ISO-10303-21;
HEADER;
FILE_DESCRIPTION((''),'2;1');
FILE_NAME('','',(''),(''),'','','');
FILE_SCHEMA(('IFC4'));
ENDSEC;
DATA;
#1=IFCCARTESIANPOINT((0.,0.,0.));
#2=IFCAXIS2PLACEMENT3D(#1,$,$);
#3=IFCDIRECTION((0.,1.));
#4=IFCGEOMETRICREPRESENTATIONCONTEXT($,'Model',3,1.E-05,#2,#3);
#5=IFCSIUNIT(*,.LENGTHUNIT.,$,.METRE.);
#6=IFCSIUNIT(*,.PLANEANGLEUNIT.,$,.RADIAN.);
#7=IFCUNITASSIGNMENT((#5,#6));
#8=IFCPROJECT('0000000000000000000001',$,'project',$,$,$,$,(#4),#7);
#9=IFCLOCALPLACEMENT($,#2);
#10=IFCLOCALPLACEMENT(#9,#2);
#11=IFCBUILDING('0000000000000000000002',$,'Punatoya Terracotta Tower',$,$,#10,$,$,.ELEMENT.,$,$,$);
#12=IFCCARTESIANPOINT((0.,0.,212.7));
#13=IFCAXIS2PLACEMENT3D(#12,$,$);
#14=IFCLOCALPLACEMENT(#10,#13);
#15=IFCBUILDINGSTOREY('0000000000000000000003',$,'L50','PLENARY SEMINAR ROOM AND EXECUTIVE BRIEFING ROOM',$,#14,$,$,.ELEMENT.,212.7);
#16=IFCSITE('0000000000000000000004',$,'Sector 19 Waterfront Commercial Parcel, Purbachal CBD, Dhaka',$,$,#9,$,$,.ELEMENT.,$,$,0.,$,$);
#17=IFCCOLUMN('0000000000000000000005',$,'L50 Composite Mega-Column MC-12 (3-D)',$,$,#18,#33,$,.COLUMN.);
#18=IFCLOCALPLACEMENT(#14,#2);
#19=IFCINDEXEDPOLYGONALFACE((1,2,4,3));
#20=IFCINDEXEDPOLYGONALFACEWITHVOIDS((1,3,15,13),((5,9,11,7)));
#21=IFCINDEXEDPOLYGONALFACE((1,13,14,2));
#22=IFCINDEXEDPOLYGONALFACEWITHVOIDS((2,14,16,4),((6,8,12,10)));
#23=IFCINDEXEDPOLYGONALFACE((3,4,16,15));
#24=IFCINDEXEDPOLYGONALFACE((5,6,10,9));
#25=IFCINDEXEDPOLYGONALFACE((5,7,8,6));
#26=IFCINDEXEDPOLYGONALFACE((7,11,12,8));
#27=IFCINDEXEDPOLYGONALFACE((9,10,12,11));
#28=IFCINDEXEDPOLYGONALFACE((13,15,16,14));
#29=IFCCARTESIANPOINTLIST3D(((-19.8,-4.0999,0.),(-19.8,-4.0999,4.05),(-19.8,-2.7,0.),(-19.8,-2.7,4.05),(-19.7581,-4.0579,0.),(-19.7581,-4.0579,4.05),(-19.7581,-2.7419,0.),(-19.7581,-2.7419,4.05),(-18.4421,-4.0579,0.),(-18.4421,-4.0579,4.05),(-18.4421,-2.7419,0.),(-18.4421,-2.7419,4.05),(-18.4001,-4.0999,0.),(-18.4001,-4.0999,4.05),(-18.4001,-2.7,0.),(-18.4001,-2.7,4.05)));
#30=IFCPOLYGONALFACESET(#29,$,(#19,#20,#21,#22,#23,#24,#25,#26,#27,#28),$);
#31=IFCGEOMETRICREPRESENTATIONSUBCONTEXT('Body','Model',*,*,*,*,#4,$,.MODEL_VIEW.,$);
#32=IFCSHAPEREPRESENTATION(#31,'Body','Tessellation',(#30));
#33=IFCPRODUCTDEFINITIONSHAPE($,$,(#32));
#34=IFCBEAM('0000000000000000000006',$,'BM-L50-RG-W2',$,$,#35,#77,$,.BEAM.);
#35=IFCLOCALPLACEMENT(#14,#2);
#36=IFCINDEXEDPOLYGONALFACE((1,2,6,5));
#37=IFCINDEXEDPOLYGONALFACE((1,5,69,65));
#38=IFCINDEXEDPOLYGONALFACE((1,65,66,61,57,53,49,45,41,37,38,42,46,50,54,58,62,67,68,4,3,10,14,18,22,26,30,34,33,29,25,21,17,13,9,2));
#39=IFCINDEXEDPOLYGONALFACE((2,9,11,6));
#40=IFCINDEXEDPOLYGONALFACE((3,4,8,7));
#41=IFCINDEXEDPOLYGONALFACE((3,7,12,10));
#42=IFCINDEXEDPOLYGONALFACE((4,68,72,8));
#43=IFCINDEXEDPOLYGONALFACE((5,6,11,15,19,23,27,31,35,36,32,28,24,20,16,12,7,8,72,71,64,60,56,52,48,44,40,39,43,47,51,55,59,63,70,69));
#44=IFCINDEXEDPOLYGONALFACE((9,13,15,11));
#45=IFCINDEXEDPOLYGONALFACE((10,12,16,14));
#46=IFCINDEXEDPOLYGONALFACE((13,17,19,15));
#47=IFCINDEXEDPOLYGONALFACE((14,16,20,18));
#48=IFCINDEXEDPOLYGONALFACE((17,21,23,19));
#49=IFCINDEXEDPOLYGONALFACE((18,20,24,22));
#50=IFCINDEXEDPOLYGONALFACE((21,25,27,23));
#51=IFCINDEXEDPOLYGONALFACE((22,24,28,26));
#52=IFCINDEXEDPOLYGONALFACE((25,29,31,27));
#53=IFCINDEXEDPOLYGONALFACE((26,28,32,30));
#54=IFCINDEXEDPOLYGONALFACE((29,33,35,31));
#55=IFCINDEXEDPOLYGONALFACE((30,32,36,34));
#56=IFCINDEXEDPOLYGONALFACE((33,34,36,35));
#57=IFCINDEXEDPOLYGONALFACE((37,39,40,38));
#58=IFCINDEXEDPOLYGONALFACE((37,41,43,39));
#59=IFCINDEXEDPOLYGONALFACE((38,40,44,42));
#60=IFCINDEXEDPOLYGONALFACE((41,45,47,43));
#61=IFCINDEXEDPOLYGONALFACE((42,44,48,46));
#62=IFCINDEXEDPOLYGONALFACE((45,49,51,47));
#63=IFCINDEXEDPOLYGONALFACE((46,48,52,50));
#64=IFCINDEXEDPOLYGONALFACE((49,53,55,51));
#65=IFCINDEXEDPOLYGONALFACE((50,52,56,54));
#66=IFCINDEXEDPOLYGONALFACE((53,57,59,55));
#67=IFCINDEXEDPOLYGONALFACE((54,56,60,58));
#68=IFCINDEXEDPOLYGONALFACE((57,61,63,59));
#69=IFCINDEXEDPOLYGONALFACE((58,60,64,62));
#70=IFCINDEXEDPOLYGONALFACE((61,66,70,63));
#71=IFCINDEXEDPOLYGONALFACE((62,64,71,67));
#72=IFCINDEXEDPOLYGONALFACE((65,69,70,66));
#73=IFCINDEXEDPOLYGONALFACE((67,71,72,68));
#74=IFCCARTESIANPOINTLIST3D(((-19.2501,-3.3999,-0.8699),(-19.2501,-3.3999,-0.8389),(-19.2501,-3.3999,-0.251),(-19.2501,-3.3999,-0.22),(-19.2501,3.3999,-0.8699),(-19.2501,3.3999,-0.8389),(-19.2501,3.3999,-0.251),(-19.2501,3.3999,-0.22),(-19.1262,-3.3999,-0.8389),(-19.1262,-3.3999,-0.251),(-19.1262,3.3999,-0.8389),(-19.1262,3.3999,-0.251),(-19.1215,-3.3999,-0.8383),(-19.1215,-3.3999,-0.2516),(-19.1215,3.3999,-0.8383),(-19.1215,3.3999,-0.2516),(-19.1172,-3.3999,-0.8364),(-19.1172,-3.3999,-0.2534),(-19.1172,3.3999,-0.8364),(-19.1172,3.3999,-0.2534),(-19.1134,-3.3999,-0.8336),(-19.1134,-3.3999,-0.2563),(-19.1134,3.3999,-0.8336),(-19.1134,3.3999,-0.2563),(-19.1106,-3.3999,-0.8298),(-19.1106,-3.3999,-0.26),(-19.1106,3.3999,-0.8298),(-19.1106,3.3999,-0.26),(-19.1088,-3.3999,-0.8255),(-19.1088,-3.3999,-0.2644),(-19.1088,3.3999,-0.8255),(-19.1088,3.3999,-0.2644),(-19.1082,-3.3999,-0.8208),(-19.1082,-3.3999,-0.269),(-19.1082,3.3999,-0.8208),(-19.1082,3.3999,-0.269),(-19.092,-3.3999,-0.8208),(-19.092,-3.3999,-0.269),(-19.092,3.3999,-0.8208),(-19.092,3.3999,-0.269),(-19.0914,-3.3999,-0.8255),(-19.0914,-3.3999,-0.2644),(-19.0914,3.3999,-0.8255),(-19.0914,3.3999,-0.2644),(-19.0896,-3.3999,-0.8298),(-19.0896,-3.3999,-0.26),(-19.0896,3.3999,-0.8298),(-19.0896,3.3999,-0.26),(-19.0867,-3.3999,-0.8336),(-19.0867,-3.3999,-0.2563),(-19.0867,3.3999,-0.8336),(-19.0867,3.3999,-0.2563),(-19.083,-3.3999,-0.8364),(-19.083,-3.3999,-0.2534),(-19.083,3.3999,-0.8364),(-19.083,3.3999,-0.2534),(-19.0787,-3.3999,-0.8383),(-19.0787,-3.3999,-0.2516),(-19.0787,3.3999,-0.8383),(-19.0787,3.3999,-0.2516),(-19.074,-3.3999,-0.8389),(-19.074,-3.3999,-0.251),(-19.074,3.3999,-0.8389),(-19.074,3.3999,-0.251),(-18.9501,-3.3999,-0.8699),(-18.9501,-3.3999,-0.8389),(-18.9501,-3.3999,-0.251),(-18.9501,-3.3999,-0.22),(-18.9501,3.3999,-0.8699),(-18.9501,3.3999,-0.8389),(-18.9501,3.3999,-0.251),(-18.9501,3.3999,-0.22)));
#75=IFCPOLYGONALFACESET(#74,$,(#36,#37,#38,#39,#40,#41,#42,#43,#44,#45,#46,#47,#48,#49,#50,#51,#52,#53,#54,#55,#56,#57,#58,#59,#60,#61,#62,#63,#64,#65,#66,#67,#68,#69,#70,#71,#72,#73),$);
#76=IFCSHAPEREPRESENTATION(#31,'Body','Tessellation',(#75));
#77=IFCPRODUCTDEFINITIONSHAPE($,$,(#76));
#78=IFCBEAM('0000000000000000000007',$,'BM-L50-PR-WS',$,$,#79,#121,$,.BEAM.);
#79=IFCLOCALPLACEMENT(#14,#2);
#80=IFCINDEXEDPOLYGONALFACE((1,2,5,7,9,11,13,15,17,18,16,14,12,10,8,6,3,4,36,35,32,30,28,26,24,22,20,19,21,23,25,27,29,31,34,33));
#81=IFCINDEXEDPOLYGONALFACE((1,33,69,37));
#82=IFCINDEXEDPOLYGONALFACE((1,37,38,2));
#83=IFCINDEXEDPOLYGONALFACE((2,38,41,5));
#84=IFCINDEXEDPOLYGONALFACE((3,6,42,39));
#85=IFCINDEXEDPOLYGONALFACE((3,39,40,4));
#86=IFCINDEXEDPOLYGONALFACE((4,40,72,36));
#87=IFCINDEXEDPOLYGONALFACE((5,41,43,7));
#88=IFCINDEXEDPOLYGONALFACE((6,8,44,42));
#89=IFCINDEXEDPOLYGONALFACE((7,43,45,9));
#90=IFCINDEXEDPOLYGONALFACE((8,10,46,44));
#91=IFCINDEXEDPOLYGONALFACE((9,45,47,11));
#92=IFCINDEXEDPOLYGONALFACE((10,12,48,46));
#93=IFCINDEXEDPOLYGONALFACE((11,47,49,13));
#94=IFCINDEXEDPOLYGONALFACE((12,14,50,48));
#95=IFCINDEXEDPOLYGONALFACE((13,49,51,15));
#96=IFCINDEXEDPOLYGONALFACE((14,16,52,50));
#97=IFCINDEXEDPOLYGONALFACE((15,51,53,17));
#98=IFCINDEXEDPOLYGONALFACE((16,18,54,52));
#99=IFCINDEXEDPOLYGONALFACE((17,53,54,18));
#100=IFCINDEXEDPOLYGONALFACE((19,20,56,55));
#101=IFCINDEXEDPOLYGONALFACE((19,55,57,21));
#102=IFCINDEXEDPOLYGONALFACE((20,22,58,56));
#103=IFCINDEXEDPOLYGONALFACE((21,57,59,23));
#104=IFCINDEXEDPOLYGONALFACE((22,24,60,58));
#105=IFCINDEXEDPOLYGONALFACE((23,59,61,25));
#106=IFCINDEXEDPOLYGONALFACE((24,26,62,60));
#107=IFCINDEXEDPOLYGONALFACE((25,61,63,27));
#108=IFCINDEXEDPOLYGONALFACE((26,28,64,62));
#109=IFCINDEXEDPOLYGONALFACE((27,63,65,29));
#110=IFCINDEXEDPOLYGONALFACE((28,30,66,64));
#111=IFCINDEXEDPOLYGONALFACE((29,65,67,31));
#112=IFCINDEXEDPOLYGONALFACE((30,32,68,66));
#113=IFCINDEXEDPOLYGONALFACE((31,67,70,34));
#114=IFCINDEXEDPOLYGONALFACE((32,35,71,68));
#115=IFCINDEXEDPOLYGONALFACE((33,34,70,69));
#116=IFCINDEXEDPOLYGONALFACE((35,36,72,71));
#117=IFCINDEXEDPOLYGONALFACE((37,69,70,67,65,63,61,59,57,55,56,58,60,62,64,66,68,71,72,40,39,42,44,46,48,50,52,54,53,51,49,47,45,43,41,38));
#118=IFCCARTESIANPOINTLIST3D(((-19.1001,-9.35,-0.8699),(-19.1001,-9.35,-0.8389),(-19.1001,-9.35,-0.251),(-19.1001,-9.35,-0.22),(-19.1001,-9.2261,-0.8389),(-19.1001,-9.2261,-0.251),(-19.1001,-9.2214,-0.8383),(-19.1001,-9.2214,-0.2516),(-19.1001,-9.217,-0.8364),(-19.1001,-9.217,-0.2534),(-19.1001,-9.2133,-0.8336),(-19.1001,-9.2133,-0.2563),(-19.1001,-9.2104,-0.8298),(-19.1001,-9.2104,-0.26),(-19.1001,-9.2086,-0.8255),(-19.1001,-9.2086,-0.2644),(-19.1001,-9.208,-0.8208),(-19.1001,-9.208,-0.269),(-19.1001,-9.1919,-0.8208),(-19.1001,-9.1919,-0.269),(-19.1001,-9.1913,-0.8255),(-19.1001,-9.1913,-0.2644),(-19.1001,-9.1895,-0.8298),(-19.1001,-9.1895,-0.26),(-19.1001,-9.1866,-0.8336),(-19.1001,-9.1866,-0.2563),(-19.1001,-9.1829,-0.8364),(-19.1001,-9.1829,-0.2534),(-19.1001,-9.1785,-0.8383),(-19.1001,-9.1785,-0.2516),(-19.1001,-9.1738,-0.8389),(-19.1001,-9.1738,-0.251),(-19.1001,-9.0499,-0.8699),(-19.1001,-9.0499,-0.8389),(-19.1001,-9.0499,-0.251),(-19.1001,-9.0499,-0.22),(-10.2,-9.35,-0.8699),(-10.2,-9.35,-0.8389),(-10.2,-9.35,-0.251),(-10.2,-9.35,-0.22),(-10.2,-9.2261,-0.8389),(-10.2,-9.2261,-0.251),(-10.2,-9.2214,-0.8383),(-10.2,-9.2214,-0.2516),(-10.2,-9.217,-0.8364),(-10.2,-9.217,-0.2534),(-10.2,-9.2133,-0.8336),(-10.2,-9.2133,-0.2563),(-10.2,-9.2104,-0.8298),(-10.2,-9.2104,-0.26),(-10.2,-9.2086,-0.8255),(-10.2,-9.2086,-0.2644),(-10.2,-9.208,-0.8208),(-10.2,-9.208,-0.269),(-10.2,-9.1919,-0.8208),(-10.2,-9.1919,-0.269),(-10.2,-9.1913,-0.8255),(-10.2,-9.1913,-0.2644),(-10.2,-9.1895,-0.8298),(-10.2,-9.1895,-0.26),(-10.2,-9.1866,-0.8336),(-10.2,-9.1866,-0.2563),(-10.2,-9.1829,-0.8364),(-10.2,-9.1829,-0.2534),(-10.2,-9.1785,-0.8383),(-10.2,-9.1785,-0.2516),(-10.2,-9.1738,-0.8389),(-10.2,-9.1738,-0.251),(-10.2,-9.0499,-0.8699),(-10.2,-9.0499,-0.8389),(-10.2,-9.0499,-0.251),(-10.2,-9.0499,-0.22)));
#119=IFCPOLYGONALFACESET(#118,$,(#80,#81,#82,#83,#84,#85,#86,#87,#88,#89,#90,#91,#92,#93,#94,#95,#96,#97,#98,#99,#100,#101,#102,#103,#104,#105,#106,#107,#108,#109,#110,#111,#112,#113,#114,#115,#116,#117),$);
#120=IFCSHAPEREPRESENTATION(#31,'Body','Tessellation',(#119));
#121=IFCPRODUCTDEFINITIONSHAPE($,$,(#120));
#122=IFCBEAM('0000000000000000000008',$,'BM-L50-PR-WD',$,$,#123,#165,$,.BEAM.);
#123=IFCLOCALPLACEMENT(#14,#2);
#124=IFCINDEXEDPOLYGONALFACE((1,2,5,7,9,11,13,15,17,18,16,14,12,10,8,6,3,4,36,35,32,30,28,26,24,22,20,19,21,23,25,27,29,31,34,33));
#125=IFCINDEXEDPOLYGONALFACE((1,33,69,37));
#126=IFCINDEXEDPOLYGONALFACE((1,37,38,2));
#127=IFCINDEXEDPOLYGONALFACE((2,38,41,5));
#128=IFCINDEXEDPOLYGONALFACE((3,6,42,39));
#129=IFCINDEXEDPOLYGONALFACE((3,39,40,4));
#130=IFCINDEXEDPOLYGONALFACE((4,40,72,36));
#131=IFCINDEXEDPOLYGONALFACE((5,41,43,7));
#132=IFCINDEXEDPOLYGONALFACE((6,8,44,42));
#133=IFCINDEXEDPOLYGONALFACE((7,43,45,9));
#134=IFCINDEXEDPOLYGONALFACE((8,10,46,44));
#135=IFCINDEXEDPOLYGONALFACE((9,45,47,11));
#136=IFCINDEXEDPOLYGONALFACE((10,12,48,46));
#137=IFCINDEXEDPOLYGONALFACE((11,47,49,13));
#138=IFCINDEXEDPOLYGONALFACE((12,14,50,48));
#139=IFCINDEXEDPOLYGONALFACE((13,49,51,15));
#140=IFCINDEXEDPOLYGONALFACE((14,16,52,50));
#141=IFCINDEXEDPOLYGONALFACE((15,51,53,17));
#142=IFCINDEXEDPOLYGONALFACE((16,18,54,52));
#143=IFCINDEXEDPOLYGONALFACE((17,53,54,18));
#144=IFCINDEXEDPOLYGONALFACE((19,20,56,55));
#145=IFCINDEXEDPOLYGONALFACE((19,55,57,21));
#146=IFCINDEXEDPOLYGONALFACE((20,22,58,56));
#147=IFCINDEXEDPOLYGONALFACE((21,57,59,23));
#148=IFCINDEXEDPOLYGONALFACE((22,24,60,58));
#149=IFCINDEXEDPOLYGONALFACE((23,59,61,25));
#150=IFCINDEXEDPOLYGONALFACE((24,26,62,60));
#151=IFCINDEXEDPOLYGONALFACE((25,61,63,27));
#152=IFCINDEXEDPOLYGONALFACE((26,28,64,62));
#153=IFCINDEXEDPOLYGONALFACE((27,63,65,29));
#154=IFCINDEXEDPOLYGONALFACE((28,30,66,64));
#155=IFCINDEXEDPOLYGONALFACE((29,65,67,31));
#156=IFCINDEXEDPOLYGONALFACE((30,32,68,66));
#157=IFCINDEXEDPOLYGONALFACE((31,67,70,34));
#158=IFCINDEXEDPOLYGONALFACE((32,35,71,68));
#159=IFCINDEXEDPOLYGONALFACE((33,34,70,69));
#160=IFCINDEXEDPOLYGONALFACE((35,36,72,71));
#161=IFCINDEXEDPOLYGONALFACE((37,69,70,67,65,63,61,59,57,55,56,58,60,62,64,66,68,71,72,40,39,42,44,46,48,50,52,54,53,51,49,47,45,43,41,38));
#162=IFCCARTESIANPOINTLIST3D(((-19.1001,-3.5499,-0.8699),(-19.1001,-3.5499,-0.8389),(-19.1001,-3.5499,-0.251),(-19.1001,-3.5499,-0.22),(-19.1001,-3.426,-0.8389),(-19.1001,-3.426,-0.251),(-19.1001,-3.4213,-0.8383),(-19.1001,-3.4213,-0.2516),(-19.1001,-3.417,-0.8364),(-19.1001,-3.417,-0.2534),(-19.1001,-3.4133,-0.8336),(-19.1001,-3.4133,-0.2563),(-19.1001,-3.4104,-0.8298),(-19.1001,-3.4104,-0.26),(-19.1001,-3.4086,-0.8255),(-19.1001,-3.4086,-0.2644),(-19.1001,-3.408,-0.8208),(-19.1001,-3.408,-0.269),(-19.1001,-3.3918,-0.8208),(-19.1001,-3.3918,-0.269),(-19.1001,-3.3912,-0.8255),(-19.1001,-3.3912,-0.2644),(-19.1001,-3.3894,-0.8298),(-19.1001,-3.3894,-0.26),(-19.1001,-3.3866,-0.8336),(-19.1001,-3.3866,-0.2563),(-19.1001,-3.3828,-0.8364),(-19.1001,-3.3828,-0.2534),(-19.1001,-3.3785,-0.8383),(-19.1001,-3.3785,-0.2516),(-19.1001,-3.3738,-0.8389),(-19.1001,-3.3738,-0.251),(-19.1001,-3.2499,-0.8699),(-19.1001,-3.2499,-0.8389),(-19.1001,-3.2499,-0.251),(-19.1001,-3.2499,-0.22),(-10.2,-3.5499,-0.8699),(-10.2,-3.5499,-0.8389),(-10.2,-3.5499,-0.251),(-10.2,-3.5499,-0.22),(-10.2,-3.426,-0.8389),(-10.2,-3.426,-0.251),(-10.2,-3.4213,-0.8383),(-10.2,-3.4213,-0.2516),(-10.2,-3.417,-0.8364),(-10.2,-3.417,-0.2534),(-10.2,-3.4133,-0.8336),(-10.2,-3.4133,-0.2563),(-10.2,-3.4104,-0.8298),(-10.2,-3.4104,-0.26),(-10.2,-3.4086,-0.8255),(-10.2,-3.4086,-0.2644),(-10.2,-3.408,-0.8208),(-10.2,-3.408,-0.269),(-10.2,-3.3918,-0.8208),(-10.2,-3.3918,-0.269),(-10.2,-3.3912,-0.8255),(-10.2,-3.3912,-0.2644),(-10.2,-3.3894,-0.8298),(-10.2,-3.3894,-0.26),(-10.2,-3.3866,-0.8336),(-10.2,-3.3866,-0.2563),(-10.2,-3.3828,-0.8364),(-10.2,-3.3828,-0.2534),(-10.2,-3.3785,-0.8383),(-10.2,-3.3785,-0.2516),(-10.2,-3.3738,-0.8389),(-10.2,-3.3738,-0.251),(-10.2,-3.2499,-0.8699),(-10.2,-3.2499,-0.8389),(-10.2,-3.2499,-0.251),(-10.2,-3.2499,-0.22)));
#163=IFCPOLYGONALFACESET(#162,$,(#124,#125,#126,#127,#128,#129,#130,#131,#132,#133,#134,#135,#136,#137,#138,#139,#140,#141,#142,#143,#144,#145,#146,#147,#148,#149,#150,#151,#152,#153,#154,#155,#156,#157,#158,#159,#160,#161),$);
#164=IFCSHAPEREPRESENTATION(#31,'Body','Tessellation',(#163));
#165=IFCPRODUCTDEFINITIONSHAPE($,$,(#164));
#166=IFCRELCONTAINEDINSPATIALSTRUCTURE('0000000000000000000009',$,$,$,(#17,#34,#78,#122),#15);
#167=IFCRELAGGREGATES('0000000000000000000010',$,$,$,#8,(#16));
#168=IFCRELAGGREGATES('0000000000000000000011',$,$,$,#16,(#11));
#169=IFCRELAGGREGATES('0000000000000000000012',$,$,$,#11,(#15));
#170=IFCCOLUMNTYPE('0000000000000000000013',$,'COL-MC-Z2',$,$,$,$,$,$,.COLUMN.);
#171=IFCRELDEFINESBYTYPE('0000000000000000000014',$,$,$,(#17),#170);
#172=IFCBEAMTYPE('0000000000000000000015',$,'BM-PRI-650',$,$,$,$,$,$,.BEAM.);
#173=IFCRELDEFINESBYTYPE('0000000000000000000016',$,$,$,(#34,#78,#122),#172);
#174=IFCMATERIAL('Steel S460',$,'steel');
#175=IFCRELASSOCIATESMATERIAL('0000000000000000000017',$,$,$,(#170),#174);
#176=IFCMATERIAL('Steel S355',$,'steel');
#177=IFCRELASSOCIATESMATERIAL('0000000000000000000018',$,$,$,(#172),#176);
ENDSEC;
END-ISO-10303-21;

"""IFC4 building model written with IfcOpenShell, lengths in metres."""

from ifc_helpers import new_model, si_unit, direction, frame, origin, origin_2d, place, context, subcontext, project, spatial, hollow_rectangle, i_section, extrude, material, material_profile, profile_set, type_object, element, save


model = new_model("IFC4")

# Units and contexts
model_context = context("Model", 3, precision=1e-05, world=origin(), true_north=direction((0.0, 1.0)))
body_context = subcontext(model_context, "Body", "Model", "MODEL_VIEW")
ifc_project = project(units=[si_unit("LENGTHUNIT", "METRE"), si_unit("PLANEANGLEUNIT", "RADIAN")], contexts=[model_context])

# Site, building, storey
site_placement = place(None, origin())
site = spatial("IfcSite", under=ifc_project, at=site_placement, Name="Sector 19 Waterfront Commercial Parcel, Purbachal CBD, Dhaka", CompositionType="ELEMENT", RefElevation=0.0)
building_placement = place(site_placement, origin())
building = spatial("IfcBuilding", under=site, at=building_placement, Name="Punatoya Terracotta Tower", CompositionType="ELEMENT")
storey_placement = place(building_placement, frame((0.0, 0.0, 212.7)))
storey = spatial("IfcBuildingStorey", under=building, at=storey_placement, Name="L50", Description="PLENARY SEMINAR ROOM AND EXECUTIVE BRIEFING ROOM", CompositionType="ELEMENT", Elevation=212.7)

# Column
ifc_material_1 = material(Name="Steel S460", Category="steel")
ifc_material_profile_1 = material_profile(ifc_material_1, hollow_rectangle(XDim=1.3999, YDim=1.3999, WallThickness=0.042, at=origin_2d()))
ifc_profile_set_1 = profile_set([ifc_material_profile_1], Name="Steel S460")
column_type = type_object("IfcColumnType", Name="COL-MC-Z2", PredefinedType="COLUMN", material=ifc_profile_set_1)
column_placement = place(storey_placement, frame((-19.1001, -3.3999, 0.0), z_axis=(0.0, 0.0, 1.0), x_axis=(1.0, 0.0, 0.0)))
element("IfcColumn", 1, at=column_placement, inside=storey, type_object=column_type, Name="L50 Composite Mega-Column MC-12 (3-D)", PredefinedType="COLUMN", context=body_context, shape_type="SweptSolid", body=[
    extrude(hollow_rectangle(XDim=1.3999, YDim=1.3999, WallThickness=0.042, at=origin_2d()), origin(), (0.0, 0.0, 1.0), 4.05),
])

# Beams
ifc_material_2 = material(Name="Steel S355", Category="steel")
ifc_material_profile_2 = material_profile(ifc_material_2, i_section(OverallWidth=0.3, OverallDepth=0.6499, WebThickness=0.0161, FlangeThickness=0.031, FilletRadius=0.0181, at=origin_2d()))
ifc_profile_set_2 = profile_set([ifc_material_profile_2], Name="Steel S355")
beam_type_1 = type_object("IfcBeamType", Name="BM-PRI-650", PredefinedType="BEAM", material=ifc_profile_set_2)
beam_1_placement = place(storey_placement, frame((-19.1001, -3.3999, -0.5449), z_axis=(0.0, 1.0, 0.0), x_axis=(-1.0, 0.0, 0.0)))
element("IfcBeam", 2, at=beam_1_placement, inside=storey, type_object=beam_type_1, Name="BM-L50-RG-W2", PredefinedType="BEAM", context=body_context, shape_type="SweptSolid", body=[
    extrude(i_section(OverallWidth=0.3, OverallDepth=0.6499, WebThickness=0.0161, FlangeThickness=0.031, FilletRadius=0.0181, at=origin_2d()), origin(), (0.0, 0.0, 1.0), 6.7998),
])
for number, where, z_axis, x_axis, name in (
    (3, (-19.1001, -9.2, -0.5449), (1.0, 0.0, 0.0), (0.0, 1.0, 0.0), "BM-L50-PR-WS"),
    (4, (-19.1001, -3.3999, -0.5449), (1.0, 0.0, 0.0), (0.0, 1.0, 0.0), "BM-L50-PR-WD"),
):
    element("IfcBeam", number, at=place(storey_placement, frame(where, z_axis=z_axis, x_axis=x_axis)), inside=storey, type_object=beam_type_1, Name=name, PredefinedType="BEAM", context=body_context, shape_type="SweptSolid", body=[
        extrude(i_section(OverallWidth=0.3, OverallDepth=0.6499, WebThickness=0.0161, FlangeThickness=0.031, FilletRadius=0.0181, at=origin_2d()), origin(), (0.0, 0.0, 1.0), 8.9001),
    ])

save(model, "model.ifc")
